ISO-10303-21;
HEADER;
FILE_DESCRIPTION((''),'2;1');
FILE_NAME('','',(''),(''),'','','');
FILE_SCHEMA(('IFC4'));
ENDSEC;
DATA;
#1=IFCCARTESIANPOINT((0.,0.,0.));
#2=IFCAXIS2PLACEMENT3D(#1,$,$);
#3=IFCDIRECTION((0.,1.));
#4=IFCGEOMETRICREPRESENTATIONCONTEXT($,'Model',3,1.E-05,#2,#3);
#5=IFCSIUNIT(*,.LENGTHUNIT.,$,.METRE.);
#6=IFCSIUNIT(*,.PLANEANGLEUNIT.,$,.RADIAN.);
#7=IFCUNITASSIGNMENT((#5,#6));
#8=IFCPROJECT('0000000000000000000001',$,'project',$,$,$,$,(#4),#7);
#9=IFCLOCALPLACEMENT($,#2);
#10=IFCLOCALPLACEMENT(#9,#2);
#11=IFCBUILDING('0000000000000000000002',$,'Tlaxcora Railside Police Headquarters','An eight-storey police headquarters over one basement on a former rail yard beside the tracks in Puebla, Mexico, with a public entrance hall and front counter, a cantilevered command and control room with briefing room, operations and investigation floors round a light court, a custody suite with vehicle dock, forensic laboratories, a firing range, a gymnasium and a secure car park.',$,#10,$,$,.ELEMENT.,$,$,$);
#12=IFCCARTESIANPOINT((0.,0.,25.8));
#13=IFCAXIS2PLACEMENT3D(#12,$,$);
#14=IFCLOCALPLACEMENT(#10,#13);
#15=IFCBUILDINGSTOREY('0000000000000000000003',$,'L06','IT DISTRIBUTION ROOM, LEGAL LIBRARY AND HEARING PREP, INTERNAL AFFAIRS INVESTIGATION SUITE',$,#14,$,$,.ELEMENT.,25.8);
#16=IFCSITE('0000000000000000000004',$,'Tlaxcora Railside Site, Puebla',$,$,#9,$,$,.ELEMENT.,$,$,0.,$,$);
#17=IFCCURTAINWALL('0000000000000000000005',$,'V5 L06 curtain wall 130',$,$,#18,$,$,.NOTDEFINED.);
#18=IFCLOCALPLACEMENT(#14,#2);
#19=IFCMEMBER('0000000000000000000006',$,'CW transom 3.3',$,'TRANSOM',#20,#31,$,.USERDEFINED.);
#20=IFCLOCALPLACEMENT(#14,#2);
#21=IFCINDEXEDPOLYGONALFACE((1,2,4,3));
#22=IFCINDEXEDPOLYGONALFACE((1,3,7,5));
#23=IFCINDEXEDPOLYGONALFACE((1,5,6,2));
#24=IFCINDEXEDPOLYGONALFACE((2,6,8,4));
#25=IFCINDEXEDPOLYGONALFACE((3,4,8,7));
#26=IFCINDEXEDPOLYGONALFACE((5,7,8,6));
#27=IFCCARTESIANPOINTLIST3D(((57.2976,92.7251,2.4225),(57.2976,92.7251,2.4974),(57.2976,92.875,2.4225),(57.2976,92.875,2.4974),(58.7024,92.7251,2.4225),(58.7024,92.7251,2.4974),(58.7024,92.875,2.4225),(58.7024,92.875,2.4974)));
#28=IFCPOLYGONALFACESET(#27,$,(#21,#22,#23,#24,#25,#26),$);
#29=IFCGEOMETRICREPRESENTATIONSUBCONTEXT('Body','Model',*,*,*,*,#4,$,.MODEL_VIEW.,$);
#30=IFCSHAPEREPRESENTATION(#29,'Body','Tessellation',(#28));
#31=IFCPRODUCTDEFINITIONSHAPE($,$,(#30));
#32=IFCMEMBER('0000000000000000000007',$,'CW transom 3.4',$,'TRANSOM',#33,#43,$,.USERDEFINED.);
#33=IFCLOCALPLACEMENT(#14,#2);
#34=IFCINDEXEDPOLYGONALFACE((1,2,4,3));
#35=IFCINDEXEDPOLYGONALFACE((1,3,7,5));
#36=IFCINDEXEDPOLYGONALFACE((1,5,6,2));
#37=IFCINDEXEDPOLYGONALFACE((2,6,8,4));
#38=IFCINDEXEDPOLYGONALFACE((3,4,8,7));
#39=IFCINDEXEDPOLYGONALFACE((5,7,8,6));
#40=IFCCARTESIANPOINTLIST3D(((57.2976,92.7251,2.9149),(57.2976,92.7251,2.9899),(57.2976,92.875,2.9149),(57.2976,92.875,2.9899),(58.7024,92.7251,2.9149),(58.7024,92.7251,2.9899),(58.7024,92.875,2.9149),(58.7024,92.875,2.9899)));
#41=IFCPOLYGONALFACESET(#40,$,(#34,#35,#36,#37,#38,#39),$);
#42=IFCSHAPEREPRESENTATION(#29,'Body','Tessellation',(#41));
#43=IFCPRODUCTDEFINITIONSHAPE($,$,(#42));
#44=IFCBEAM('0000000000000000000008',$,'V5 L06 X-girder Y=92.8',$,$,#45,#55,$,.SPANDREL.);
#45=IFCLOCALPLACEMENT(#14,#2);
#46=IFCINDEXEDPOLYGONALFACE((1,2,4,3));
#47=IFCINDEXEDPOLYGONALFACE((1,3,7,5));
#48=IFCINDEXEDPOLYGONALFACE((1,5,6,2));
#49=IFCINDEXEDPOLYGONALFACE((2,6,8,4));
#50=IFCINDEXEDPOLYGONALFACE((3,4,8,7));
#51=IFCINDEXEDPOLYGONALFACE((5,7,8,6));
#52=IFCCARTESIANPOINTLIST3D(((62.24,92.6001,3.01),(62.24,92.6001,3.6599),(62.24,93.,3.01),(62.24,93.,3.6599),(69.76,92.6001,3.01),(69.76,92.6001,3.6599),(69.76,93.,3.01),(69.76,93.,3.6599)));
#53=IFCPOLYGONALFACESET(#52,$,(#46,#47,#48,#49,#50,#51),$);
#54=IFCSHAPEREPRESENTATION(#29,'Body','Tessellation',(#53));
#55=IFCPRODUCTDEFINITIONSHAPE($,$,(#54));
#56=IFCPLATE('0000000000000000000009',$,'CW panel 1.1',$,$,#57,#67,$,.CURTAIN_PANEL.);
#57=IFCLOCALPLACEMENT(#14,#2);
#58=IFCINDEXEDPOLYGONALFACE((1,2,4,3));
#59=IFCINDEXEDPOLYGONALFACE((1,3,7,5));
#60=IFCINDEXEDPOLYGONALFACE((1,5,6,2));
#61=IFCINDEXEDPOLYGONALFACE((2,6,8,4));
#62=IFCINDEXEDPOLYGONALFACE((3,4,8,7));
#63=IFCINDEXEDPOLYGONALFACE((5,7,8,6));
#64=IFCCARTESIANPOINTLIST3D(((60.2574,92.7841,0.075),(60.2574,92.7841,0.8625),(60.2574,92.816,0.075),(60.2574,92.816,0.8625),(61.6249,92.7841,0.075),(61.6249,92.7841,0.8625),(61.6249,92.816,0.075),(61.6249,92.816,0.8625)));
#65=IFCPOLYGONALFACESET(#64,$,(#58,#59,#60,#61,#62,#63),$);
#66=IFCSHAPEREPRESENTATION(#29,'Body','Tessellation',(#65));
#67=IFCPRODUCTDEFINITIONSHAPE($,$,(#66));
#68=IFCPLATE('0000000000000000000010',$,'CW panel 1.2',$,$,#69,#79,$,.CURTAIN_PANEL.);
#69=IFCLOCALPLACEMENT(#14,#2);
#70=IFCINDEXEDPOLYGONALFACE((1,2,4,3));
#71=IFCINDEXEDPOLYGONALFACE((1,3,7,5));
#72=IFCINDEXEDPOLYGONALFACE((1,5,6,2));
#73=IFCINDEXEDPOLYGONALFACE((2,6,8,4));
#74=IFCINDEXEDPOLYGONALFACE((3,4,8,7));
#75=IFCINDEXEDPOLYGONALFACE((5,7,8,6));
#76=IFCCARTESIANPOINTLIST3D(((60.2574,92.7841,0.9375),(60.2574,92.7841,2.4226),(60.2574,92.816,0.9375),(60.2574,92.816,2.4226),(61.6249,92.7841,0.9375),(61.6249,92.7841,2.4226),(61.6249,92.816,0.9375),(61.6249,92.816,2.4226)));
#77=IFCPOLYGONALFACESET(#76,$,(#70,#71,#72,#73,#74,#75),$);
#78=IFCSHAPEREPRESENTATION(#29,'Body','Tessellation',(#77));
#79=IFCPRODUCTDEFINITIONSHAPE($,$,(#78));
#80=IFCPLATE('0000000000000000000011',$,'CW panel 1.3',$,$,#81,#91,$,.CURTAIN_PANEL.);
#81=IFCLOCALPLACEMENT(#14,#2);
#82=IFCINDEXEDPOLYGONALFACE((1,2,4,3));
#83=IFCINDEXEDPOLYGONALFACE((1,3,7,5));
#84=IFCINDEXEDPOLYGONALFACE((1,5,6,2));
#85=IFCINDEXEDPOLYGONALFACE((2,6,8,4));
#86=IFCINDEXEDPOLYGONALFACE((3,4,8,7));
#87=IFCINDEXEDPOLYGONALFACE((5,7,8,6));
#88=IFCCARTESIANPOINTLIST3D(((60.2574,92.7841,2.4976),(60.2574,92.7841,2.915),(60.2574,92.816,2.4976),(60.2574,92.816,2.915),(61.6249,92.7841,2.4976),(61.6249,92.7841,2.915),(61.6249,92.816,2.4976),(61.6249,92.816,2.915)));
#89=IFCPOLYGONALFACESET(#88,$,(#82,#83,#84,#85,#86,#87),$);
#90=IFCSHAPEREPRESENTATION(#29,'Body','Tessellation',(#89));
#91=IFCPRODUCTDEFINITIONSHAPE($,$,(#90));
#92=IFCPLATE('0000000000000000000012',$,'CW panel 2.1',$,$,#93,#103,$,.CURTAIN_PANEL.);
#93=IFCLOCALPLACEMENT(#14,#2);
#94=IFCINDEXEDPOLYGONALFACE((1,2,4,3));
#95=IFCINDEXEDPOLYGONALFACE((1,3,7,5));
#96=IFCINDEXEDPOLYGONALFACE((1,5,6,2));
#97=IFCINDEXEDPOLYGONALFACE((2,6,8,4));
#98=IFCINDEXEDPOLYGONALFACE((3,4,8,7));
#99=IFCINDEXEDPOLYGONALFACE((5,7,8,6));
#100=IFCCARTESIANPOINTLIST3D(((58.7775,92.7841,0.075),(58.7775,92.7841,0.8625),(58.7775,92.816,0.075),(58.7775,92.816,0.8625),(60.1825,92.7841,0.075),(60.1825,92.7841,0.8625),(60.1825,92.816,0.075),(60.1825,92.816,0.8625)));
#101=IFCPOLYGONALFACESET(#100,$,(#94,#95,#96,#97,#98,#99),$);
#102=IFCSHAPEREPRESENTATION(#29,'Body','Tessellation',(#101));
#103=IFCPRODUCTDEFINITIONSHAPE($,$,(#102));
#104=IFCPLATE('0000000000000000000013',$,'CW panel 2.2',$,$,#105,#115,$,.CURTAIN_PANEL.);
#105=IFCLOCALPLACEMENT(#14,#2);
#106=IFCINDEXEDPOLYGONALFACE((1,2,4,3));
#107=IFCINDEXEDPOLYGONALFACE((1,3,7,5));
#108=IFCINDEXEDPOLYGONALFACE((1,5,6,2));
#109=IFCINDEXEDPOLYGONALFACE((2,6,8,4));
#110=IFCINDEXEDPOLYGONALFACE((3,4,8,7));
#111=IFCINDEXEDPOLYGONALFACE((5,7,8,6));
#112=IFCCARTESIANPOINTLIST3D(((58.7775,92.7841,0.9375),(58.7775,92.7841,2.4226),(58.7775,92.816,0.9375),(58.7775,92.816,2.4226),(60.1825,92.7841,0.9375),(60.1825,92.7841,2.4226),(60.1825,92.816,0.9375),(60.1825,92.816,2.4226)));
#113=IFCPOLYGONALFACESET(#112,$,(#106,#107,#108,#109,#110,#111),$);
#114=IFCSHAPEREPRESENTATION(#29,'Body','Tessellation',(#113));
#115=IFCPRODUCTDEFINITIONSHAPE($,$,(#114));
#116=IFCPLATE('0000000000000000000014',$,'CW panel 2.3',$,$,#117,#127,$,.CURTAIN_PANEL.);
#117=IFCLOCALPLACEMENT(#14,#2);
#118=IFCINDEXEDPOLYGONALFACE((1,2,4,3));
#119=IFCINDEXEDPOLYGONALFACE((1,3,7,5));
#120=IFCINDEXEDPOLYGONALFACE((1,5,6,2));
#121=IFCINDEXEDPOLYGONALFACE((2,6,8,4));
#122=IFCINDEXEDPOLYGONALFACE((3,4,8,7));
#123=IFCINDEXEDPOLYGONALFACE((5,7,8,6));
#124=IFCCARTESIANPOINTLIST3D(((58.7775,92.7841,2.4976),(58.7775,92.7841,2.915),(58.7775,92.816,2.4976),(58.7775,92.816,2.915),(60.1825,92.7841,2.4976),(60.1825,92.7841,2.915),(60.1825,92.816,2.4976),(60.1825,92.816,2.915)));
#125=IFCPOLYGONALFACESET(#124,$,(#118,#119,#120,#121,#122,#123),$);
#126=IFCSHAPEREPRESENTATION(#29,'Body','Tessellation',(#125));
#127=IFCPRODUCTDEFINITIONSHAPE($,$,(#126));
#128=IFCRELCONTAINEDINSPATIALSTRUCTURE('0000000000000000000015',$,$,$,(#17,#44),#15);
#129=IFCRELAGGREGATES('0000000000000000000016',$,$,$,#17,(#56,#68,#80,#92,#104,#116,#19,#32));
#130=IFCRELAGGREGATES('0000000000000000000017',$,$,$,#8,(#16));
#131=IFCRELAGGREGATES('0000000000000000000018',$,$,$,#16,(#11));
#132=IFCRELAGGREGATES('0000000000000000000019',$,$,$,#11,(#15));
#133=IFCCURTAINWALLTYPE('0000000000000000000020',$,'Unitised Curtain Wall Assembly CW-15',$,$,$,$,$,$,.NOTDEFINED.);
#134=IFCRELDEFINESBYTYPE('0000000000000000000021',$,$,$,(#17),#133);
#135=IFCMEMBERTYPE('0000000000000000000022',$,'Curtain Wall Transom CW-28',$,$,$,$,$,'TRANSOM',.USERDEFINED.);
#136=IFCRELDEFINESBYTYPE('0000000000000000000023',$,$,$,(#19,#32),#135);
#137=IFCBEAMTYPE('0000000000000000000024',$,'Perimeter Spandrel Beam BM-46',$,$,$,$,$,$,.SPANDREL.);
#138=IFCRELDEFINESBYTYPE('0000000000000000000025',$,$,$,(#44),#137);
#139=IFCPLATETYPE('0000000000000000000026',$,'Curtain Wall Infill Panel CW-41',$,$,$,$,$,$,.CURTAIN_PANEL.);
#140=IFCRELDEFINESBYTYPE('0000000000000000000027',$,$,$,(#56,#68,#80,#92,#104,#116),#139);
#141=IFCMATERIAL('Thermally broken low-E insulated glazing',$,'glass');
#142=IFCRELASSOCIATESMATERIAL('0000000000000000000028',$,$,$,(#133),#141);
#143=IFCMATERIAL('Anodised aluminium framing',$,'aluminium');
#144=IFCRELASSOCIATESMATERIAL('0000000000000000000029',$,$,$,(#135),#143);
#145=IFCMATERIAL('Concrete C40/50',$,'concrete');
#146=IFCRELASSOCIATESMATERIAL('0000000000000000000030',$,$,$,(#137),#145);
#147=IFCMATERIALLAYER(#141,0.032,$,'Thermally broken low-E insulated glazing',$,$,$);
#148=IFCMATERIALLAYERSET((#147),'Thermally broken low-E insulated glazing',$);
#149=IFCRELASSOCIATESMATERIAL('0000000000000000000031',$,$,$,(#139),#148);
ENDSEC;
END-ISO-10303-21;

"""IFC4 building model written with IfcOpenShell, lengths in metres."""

from ifc_helpers import new_model, si_unit, direction, frame, origin, origin_2d, place, context, subcontext, project, spatial, rectangle, extrude, material, layer, layer_set, material_profile, profile_set, type_object, element, aggregate, save


model = new_model("IFC4")

# Units and contexts
model_context = context("Model", 3, precision=1e-05, world=origin(), true_north=direction((0.0, 1.0)))
body_context = subcontext(model_context, "Body", "Model", "MODEL_VIEW")
ifc_project = project(units=[si_unit("LENGTHUNIT", "METRE"), si_unit("PLANEANGLEUNIT", "RADIAN")], contexts=[model_context])

# Site, building, storey
site_placement = place(None, origin())
site = spatial("IfcSite", under=ifc_project, at=site_placement, Name="Tlaxcora Railside Site, Puebla", CompositionType="ELEMENT", RefElevation=0.0)
building_placement = place(site_placement, origin())
building = spatial("IfcBuilding", under=site, at=building_placement, Name="Tlaxcora Railside Police Headquarters", Description="An eight-storey police headquarters over one basement on a former rail yard beside the tracks in Puebla, Mexico, with a public entrance hall and front counter, a cantilevered command and control room with briefing room, operations and investigation floors round a light court, a custody suite with vehicle dock, forensic laboratories, a firing range, a gymnasium and a secure car park.", CompositionType="ELEMENT")
storey_placement = place(building_placement, frame((0.0, 0.0, 25.8)))
storey = spatial("IfcBuildingStorey", under=building, at=storey_placement, Name="L06", Description="IT DISTRIBUTION ROOM, LEGAL LIBRARY AND HEARING PREP, INTERNAL AFFAIRS INVESTIGATION SUITE", CompositionType="ELEMENT", Elevation=25.8)

# Shared definitions
ifc_material_1 = material(Name="Concrete C40/50", Category="concrete")

# Curtain wall, members
ifc_material_2 = material(Name="Thermally broken low-E insulated glazing", Category="glass")
curtain_wall_type = type_object("IfcCurtainWallType", Name="Unitised Curtain Wall Assembly CW-15", PredefinedType="NOTDEFINED", material=ifc_material_2)
curtain_wall_placement = place(storey_placement, origin())
curtain_wall = element("IfcCurtainWall", 1, at=curtain_wall_placement, inside=storey, type_object=curtain_wall_type, Name="V5 L06 curtain wall 130", PredefinedType="NOTDEFINED")
ifc_material_3 = material(Name="Anodised aluminium framing", Category="aluminium")
ifc_material_profile_1 = material_profile(ifc_material_3, rectangle(XDim=0.1499, YDim=0.075, at=origin_2d()), Name="AL75X150")
ifc_profile_set_1 = profile_set([ifc_material_profile_1], Name="Anodised aluminium framing")
member_type_1 = type_object("IfcMemberType", Name="Curtain Wall Transom CW-28", ElementType="TRANSOM", PredefinedType="USERDEFINED", material=ifc_profile_set_1)
member_1_placement = place(storey_placement, frame((58.7024, 92.8, 2.46), z_axis=(-1.0, 0.0, 0.0), x_axis=(0.0, -1.0, 0.0)))
member_1 = element("IfcMember", 2, at=member_1_placement, type_object=member_type_1, Name="CW transom 3.3", ObjectType="TRANSOM", PredefinedType="USERDEFINED", context=body_context, shape_type="SweptSolid", body=[
    extrude(rectangle(XDim=0.1499, YDim=0.075, at=origin_2d()), origin(), (0.0, 0.0, 1.0), 1.4048),
])
member_2_placement = place(storey_placement, frame((58.7024, 92.8, 2.9524), z_axis=(-1.0, 0.0, 0.0), x_axis=(0.0, -1.0, 0.0)))
member_2 = element("IfcMember", 3, at=member_2_placement, type_object=member_type_1, Name="CW transom 3.4", ObjectType="TRANSOM", PredefinedType="USERDEFINED", context=body_context, shape_type="SweptSolid", body=[
    extrude(rectangle(XDim=0.1499, YDim=0.075, at=origin_2d()), origin(), (0.0, 0.0, 1.0), 1.4048),
])

# Beam
ifc_material_profile_2 = material_profile(ifc_material_1, rectangle(XDim=0.3999, YDim=0.6499, at=origin_2d()), Name="RC400X650")
ifc_profile_set_2 = profile_set([ifc_material_profile_2], Name="Concrete C40/50")
beam_type = type_object("IfcBeamType", Name="Perimeter Spandrel Beam BM-46", PredefinedType="SPANDREL", material=ifc_profile_set_2)
beam_placement = place(storey_placement, frame((62.24, 92.8, 3.335), z_axis=(1.0, 0.0, 0.0), x_axis=(0.0, 1.0, 0.0)))
element("IfcBeam", 4, at=beam_placement, inside=storey, type_object=beam_type, Name="V5 L06 X-girder Y=92.8", PredefinedType="SPANDREL", context=body_context, shape_type="SweptSolid", body=[
    extrude(rectangle(XDim=0.3999, YDim=0.6499, at=origin_2d()), origin(), (0.0, 0.0, 1.0), 7.52),
])

# Plates
ifc_layer = layer(ifc_material_2, 0.032, Name="Thermally broken low-E insulated glazing")
ifc_layer_set = layer_set([ifc_layer], Name="Thermally broken low-E insulated glazing")
plate_type = type_object("IfcPlateType", Name="Curtain Wall Infill Panel CW-41", PredefinedType="CURTAIN_PANEL", material=ifc_layer_set)
plate_1_placement = place(storey_placement, frame((60.9412, 92.8, 0.075), z_axis=(0.0, 0.0, 1.0), x_axis=(-1.0, 0.0, 0.0)))
plate_1 = element("IfcPlate", 5, at=plate_1_placement, type_object=plate_type, Name="CW panel 1.1", PredefinedType="CURTAIN_PANEL", context=body_context, shape_type="SweptSolid", body=[
    extrude(rectangle(XDim=1.3674, YDim=0.032, at=origin_2d()), origin(), (0.0, 0.0, 1.0), 0.7876),
])
plate_2_placement = place(storey_placement, frame((60.9412, 92.8, 0.9375), z_axis=(0.0, 0.0, 1.0), x_axis=(-1.0, 0.0, 0.0)))
plate_2 = element("IfcPlate", 6, at=plate_2_placement, type_object=plate_type, Name="CW panel 1.2", PredefinedType="CURTAIN_PANEL", context=body_context, shape_type="SweptSolid", body=[
    extrude(rectangle(XDim=1.3674, YDim=0.032, at=origin_2d()), origin(), (0.0, 0.0, 1.0), 1.4851),
])
plate_3_placement = place(storey_placement, frame((60.9412, 92.8, 2.4976), z_axis=(0.0, 0.0, 1.0), x_axis=(-1.0, 0.0, 0.0)))
plate_3 = element("IfcPlate", 7, at=plate_3_placement, type_object=plate_type, Name="CW panel 1.3", PredefinedType="CURTAIN_PANEL", context=body_context, shape_type="SweptSolid", body=[
    extrude(rectangle(XDim=1.3674, YDim=0.032, at=origin_2d()), origin(), (0.0, 0.0, 1.0), 0.4175),
])
plate_4_placement = place(storey_placement, frame((59.48, 92.8, 0.075), z_axis=(0.0, 0.0, 1.0), x_axis=(-1.0, 0.0, 0.0)))
plate_4 = element("IfcPlate", 8, at=plate_4_placement, type_object=plate_type, Name="CW panel 2.1", PredefinedType="CURTAIN_PANEL", context=body_context, shape_type="SweptSolid", body=[
    extrude(rectangle(XDim=1.405, YDim=0.032, at=origin_2d()), origin(), (0.0, 0.0, 1.0), 0.7876),
])
plate_5_placement = place(storey_placement, frame((59.48, 92.8, 0.9375), z_axis=(0.0, 0.0, 1.0), x_axis=(-1.0, 0.0, 0.0)))
plate_5 = element("IfcPlate", 9, at=plate_5_placement, type_object=plate_type, Name="CW panel 2.2", PredefinedType="CURTAIN_PANEL", context=body_context, shape_type="SweptSolid", body=[
    extrude(rectangle(XDim=1.405, YDim=0.032, at=origin_2d()), origin(), (0.0, 0.0, 1.0), 1.4851),
])
plate_6_placement = place(storey_placement, frame((59.48, 92.8, 2.4976), z_axis=(0.0, 0.0, 1.0), x_axis=(-1.0, 0.0, 0.0)))
plate_6 = element("IfcPlate", 10, at=plate_6_placement, type_object=plate_type, Name="CW panel 2.3", PredefinedType="CURTAIN_PANEL", context=body_context, shape_type="SweptSolid", body=[
    extrude(rectangle(XDim=1.405, YDim=0.032, at=origin_2d()), origin(), (0.0, 0.0, 1.0), 0.4175),
])
aggregate(curtain_wall, [plate_1, plate_2, plate_3, plate_4, plate_5, plate_6, member_1, member_2])

save(model, "model.ifc")
